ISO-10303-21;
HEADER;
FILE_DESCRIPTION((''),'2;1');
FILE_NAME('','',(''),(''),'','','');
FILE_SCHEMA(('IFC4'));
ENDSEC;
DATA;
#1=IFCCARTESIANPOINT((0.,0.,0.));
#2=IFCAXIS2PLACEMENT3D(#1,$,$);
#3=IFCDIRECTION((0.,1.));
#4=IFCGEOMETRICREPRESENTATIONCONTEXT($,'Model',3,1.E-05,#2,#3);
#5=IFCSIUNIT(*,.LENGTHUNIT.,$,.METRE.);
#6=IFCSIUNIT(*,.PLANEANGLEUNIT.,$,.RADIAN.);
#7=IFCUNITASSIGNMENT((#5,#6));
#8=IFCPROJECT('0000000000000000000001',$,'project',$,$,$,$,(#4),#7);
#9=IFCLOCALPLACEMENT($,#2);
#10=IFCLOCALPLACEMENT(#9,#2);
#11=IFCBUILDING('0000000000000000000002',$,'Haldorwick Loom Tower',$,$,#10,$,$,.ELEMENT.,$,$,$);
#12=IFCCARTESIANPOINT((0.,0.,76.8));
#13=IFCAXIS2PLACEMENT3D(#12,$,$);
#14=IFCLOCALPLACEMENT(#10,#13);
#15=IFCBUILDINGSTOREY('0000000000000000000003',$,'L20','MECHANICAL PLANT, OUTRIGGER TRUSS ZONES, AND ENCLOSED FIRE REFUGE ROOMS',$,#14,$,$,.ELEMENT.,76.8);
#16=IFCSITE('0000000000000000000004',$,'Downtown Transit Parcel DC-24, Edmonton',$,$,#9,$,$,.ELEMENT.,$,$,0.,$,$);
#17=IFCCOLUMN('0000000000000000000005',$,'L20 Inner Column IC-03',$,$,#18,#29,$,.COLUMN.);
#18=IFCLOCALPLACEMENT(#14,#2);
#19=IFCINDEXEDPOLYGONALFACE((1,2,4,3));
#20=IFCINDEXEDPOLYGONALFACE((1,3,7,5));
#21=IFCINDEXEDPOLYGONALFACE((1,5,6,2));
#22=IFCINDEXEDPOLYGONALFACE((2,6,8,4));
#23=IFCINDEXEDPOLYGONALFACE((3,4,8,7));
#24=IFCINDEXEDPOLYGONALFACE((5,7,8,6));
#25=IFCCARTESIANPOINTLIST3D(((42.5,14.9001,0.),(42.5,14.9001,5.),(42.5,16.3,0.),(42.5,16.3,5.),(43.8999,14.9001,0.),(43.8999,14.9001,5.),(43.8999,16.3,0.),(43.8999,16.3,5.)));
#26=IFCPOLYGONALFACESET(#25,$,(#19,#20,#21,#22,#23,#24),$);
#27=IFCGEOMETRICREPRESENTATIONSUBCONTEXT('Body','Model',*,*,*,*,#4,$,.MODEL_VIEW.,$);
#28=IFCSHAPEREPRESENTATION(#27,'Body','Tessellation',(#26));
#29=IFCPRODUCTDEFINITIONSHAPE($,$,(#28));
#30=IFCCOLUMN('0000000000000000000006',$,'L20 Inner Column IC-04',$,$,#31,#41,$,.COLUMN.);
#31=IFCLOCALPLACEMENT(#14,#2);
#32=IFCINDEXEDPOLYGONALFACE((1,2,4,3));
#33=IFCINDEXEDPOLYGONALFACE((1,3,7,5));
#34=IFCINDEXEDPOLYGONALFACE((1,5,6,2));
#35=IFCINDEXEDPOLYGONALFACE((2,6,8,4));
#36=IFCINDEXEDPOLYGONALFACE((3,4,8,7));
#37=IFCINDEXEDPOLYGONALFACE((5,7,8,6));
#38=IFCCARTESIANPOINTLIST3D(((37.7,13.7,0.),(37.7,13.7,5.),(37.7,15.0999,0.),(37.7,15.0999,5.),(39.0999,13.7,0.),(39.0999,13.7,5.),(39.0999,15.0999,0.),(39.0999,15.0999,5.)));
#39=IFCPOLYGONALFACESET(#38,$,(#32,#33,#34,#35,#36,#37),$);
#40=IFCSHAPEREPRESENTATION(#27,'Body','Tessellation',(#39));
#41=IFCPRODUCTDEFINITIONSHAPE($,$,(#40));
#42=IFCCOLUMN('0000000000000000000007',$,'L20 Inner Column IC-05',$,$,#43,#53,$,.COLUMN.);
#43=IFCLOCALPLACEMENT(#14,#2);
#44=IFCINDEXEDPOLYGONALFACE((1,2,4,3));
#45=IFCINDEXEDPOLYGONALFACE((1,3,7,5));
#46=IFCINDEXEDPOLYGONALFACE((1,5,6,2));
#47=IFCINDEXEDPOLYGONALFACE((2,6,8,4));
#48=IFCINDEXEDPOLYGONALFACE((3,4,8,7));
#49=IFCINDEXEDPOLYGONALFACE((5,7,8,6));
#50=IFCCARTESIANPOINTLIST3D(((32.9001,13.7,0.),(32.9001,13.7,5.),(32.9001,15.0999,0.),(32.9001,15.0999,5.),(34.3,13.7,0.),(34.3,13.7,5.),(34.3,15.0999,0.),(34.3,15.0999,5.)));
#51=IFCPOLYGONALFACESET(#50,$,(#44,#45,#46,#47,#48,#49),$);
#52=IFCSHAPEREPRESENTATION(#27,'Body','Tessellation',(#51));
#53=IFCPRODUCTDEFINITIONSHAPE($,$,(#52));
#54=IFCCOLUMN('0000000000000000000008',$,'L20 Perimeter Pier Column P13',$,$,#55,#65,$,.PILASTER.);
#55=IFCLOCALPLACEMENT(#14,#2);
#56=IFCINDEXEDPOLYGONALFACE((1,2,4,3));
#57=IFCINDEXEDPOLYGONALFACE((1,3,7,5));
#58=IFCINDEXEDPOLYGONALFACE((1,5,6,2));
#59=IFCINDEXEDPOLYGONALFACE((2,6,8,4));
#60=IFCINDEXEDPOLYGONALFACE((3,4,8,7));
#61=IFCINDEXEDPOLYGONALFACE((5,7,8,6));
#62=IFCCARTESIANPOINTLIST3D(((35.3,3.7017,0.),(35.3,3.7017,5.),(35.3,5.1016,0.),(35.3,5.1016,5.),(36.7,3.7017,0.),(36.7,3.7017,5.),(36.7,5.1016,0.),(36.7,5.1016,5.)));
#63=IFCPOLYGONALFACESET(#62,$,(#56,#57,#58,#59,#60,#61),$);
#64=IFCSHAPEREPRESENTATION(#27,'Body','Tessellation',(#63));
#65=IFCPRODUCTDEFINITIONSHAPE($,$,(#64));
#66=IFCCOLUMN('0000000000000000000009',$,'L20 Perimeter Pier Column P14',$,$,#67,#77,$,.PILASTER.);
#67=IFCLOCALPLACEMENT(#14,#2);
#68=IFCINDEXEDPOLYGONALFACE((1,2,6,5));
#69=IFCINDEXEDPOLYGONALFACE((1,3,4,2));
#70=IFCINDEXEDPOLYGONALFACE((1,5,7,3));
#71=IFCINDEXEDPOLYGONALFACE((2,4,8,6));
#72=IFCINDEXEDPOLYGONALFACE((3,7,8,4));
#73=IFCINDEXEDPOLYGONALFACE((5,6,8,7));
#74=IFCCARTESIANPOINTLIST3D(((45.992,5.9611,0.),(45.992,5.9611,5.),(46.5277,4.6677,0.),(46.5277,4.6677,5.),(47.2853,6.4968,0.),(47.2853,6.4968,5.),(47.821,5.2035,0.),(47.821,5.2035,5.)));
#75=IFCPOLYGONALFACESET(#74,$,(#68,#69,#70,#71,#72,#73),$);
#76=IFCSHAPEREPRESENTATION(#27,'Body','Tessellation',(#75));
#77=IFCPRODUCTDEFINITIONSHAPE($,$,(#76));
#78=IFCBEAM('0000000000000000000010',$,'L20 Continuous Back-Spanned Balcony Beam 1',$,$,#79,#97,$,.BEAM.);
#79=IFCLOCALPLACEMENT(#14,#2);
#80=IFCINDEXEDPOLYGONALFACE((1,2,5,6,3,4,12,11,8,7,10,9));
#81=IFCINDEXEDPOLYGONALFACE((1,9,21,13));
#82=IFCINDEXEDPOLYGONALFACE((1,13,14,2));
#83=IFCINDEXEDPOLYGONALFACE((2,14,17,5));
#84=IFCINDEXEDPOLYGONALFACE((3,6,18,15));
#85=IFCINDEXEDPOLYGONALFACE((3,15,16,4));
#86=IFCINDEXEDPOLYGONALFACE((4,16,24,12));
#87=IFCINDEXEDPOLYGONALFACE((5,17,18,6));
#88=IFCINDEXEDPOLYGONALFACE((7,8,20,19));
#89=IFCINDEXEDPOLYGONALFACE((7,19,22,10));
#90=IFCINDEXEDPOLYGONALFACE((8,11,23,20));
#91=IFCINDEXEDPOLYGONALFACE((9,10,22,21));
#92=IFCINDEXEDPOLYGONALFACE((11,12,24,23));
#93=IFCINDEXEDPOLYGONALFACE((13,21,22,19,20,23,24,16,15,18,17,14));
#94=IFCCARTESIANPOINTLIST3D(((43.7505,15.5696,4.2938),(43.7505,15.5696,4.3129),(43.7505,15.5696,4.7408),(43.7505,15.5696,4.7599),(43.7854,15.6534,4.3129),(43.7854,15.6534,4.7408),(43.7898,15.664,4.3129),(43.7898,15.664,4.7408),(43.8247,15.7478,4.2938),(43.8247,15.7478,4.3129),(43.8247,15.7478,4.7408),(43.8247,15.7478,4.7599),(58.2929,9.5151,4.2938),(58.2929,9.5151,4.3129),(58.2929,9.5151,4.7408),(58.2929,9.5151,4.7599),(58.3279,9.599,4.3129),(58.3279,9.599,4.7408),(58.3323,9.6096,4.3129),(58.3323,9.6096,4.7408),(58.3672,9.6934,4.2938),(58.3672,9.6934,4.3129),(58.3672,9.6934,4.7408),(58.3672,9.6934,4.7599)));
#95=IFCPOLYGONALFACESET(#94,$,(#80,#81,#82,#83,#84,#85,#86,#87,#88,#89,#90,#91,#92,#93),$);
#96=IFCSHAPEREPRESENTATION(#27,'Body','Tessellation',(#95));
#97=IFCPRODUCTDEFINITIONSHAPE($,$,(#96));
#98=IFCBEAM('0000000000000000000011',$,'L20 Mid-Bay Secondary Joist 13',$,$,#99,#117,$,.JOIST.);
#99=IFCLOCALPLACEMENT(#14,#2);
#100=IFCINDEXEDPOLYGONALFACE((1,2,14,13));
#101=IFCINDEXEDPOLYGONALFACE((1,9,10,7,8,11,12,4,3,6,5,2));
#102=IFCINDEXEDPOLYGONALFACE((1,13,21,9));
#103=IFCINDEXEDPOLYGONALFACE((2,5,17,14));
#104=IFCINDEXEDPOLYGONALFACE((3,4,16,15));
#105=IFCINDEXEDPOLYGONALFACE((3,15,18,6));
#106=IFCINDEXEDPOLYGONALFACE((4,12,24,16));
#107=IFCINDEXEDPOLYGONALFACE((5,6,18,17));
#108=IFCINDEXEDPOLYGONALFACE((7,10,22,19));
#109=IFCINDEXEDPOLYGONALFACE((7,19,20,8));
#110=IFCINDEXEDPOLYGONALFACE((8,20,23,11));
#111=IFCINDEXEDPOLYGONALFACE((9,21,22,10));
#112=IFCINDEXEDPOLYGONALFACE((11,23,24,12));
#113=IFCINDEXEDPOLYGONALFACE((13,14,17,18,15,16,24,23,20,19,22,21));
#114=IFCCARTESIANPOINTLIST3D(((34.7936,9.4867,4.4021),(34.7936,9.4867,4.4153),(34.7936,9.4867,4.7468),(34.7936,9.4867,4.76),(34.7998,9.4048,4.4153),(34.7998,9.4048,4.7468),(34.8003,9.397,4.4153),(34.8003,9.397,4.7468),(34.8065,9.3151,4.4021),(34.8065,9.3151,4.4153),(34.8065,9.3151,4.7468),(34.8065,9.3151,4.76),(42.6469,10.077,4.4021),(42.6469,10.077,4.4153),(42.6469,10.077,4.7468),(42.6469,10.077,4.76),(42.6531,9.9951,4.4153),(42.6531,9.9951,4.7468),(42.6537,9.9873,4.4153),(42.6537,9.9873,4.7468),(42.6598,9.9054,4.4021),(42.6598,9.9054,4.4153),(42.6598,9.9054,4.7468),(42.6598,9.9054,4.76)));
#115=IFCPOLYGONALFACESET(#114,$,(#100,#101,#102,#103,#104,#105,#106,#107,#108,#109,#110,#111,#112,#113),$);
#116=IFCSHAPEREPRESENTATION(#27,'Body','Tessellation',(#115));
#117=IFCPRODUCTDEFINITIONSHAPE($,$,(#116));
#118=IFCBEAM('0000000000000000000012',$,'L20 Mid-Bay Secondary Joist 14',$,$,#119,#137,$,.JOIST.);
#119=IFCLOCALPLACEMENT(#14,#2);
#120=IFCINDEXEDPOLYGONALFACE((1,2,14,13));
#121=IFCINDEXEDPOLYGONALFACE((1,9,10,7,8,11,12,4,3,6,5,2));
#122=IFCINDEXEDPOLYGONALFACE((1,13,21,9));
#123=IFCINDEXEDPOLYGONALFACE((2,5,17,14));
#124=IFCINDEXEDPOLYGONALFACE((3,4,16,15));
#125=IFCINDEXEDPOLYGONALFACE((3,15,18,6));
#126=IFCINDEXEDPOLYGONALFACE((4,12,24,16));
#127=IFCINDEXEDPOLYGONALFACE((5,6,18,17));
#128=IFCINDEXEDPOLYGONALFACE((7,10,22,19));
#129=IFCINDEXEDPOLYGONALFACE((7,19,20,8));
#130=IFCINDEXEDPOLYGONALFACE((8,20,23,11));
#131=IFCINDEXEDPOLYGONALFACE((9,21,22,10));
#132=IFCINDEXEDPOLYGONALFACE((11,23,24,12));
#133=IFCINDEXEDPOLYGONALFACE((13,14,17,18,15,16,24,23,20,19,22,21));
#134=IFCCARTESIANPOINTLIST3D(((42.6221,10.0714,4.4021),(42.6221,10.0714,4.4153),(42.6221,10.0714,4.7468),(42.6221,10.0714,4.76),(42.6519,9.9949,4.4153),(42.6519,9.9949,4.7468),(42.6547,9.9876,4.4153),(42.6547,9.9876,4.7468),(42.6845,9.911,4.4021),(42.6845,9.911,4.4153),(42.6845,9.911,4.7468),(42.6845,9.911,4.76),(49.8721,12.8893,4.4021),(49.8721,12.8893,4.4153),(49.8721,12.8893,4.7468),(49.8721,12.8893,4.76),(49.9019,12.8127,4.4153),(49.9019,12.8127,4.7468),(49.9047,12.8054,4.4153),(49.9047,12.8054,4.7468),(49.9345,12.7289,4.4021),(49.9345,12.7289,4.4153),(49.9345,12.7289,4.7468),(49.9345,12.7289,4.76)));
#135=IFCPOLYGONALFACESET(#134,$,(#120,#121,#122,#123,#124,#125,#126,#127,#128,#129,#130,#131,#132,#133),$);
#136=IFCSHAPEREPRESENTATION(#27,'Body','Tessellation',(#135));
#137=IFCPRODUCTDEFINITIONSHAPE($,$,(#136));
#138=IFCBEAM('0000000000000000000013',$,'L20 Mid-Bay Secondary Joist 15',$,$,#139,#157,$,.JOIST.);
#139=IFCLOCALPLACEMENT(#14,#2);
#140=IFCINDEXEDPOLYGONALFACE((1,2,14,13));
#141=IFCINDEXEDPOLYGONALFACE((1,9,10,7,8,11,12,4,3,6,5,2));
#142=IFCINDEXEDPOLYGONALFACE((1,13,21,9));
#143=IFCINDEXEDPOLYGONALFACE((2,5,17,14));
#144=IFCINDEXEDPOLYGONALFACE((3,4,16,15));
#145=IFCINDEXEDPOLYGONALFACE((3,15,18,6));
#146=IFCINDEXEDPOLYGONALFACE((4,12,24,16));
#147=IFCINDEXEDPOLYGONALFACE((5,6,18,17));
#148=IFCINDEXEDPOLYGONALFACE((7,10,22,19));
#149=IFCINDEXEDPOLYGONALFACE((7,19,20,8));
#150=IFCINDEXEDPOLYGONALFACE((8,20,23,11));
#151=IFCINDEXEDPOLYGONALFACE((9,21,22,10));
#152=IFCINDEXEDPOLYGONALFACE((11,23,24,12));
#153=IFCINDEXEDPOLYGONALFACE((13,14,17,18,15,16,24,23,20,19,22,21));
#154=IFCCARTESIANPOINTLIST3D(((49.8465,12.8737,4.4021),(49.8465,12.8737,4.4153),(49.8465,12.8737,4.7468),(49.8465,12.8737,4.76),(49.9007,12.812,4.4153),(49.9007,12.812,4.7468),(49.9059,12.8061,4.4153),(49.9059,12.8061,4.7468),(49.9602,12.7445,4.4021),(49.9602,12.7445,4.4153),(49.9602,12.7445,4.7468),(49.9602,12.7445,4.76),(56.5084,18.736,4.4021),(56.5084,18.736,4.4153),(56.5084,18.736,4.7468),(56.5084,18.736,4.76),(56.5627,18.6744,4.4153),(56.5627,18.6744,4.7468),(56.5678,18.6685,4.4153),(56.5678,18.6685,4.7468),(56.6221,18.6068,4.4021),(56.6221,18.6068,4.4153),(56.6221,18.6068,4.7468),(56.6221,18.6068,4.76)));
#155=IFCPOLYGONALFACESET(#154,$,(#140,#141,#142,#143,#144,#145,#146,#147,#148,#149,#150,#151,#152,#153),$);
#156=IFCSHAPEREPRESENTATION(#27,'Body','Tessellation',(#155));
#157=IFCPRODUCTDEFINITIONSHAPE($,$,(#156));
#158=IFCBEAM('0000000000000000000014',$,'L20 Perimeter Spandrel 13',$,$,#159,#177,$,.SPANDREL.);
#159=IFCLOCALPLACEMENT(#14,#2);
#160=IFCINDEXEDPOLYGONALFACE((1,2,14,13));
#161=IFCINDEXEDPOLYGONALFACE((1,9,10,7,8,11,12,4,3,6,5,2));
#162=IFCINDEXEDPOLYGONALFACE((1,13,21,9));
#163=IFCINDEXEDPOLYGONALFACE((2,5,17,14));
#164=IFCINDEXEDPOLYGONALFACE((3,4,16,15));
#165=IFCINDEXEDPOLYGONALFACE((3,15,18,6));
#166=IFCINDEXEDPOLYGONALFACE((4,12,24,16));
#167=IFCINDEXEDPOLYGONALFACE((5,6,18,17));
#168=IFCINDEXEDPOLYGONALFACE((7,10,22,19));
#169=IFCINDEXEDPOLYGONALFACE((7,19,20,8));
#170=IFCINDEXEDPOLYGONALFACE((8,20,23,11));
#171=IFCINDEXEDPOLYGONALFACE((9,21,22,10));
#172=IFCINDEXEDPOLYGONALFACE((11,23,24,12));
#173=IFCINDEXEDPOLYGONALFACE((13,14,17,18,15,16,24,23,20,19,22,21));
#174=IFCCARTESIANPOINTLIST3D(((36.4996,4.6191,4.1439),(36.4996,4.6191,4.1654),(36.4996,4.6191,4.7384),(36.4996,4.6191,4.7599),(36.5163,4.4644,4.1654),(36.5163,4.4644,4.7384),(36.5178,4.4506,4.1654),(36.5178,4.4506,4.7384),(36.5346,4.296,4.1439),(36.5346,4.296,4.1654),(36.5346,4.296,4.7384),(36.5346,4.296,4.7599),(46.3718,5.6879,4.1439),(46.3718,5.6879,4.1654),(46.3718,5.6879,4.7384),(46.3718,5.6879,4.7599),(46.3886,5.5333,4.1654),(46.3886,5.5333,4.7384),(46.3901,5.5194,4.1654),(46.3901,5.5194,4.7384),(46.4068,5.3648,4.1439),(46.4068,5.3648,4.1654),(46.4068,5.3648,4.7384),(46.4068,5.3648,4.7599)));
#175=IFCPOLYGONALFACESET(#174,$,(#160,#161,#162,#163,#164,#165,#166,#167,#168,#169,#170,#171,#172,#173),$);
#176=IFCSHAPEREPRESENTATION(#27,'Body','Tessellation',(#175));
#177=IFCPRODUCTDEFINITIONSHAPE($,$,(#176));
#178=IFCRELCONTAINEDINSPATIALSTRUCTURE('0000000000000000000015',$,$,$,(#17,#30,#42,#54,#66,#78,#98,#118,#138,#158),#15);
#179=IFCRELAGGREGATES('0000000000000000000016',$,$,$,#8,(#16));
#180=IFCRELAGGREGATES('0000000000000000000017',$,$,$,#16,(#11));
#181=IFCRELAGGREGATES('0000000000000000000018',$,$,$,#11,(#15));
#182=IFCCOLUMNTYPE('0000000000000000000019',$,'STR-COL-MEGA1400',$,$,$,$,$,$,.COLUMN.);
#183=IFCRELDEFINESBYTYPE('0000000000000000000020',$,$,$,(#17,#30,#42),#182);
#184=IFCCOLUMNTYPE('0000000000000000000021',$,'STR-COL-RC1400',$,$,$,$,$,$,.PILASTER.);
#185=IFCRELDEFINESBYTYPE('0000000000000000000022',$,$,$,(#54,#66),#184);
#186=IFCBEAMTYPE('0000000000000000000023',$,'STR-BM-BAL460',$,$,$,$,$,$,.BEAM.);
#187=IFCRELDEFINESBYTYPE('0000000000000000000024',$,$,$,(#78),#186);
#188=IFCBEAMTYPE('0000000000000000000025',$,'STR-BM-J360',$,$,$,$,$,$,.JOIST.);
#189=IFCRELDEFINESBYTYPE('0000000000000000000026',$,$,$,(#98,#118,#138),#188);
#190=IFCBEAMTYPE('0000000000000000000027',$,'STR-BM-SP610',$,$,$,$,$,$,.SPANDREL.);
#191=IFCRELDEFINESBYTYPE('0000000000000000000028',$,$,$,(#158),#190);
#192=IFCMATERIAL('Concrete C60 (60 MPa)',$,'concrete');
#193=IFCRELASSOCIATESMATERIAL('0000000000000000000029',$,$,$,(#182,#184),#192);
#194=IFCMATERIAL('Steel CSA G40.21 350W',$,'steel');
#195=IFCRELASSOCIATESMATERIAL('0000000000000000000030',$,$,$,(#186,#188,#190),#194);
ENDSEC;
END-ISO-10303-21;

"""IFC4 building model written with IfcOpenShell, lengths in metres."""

from ifc_helpers import new_model, si_unit, direction, frame, origin, origin_2d, place, context, subcontext, project, spatial, rectangle, i_section, extrude, material, material_profile, profile_set, type_object, element, save


model = new_model("IFC4")

# Units and contexts
model_context = context("Model", 3, precision=1e-05, world=origin(), true_north=direction((0.0, 1.0)))
body_context = subcontext(model_context, "Body", "Model", "MODEL_VIEW")
ifc_project = project(units=[si_unit("LENGTHUNIT", "METRE"), si_unit("PLANEANGLEUNIT", "RADIAN")], contexts=[model_context])

# Site, building, storey
site_placement = place(None, origin())
site = spatial("IfcSite", under=ifc_project, at=site_placement, Name="Downtown Transit Parcel DC-24, Edmonton", CompositionType="ELEMENT", RefElevation=0.0)
building_placement = place(site_placement, origin())
building = spatial("IfcBuilding", under=site, at=building_placement, Name="Haldorwick Loom Tower", CompositionType="ELEMENT")
storey_placement = place(building_placement, frame((0.0, 0.0, 76.8)))
storey = spatial("IfcBuildingStorey", under=building, at=storey_placement, Name="L20", Description="MECHANICAL PLANT, OUTRIGGER TRUSS ZONES, AND ENCLOSED FIRE REFUGE ROOMS", CompositionType="ELEMENT", Elevation=76.8)

# Columns
ifc_material_1 = material(Name="Concrete C60 (60 MPa)", Category="concrete")
ifc_material_profile_1 = material_profile(ifc_material_1, rectangle(XDim=1.3999, YDim=1.3999, at=origin_2d()), Name="RC1400X1400", Category="concrete")
ifc_profile_set_1 = profile_set([ifc_material_profile_1], Name="Concrete C60 (60 MPa)")
column_type_1 = type_object("IfcColumnType", Name="STR-COL-MEGA1400", PredefinedType="COLUMN", material=ifc_profile_set_1)
for number, where, z_axis, x_axis, name in (
    (1, (43.2, 15.6001, 0.0), (0.0, 0.0, 1.0), (1.0, 0.0, 0.0), "L20 Inner Column IC-03"),
    (2, (38.3999, 14.3999, 0.0), (0.0, 0.0, 1.0), (1.0, 0.0, 0.0), "L20 Inner Column IC-04"),
    (3, (33.6001, 14.3999, 0.0), (0.0, 0.0, 1.0), (1.0, 0.0, 0.0), "L20 Inner Column IC-05"),
):
    element("IfcColumn", number, at=place(storey_placement, frame(where, z_axis=z_axis, x_axis=x_axis)), inside=storey, type_object=column_type_1, Name=name, PredefinedType="COLUMN", context=body_context, shape_type="SweptSolid", body=[
        extrude(rectangle(XDim=1.3999, YDim=1.3999, at=origin_2d()), origin(), (0.0, 0.0, 1.0), 5.0),
    ])
ifc_material_profile_2 = material_profile(ifc_material_1, rectangle(XDim=1.3999, YDim=1.3999, at=origin_2d()), Name="RC1400X1400", Category="concrete")
ifc_profile_set_2 = profile_set([ifc_material_profile_2], Name="Concrete C60 (60 MPa)")
column_type_2 = type_object("IfcColumnType", Name="STR-COL-RC1400", PredefinedType="PILASTER", material=ifc_profile_set_2)
for number, where, z_axis, x_axis, name in (
    (4, (36.0, 4.4016, 0.0), (0.0, 0.0, 1.0), (0.0, -1.0, 0.0), "L20 Perimeter Pier Column P13"),
    (5, (46.9065, 5.5823, 0.0), (0.0, 0.0, 1.0), (0.382683, -0.92388, 0.0), "L20 Perimeter Pier Column P14"),
):
    element("IfcColumn", number, at=place(storey_placement, frame(where, z_axis=z_axis, x_axis=x_axis)), inside=storey, type_object=column_type_2, Name=name, PredefinedType="PILASTER", context=body_context, shape_type="SweptSolid", body=[
        extrude(rectangle(XDim=1.3999, YDim=1.3999, at=origin_2d()), origin(), (0.0, 0.0, 1.0), 5.0),
    ])

# Beams
ifc_material_2 = material(Name="Steel CSA G40.21 350W", Category="steel")
ifc_material_profile_3 = material_profile(ifc_material_2, i_section(OverallWidth=0.1931, OverallDepth=0.4661, WebThickness=0.0115, FlangeThickness=0.019, at=origin_2d()), Name="W460X97", Category="steel")
ifc_profile_set_3 = profile_set([ifc_material_profile_3], Name="Steel CSA G40.21 350W")
beam_type_1 = type_object("IfcBeamType", Name="STR-BM-BAL460", PredefinedType="BEAM", material=ifc_profile_set_3)
beam_1_placement = place(storey_placement, frame((43.7876, 15.6587, 4.5269), z_axis=(0.923188, -0.384349, 0.0), x_axis=(0.384349, 0.923188, 0.0)))
element("IfcBeam", 6, at=beam_1_placement, inside=storey, type_object=beam_type_1, Name="L20 Continuous Back-Spanned Balcony Beam 1", PredefinedType="BEAM", context=body_context, shape_type="SweptSolid", body=[
    extrude(i_section(OverallWidth=0.1931, OverallDepth=0.4661, WebThickness=0.0115, FlangeThickness=0.019, at=origin_2d()), origin(), (0.0, 0.0, 1.0), 15.7524),
])
ifc_material_profile_4 = material_profile(ifc_material_2, i_section(OverallWidth=0.1721, OverallDepth=0.3579, WebThickness=0.0078, FlangeThickness=0.0132, at=origin_2d()), Name="W360X57", Category="steel")
ifc_profile_set_4 = profile_set([ifc_material_profile_4], Name="Steel CSA G40.21 350W")
beam_type_2 = type_object("IfcBeamType", Name="STR-BM-J360", PredefinedType="JOIST", material=ifc_profile_set_4)
beam_2_placement = place(storey_placement, frame((34.8, 9.4009, 4.5811), z_axis=(0.997187, 0.074959, 0.0), x_axis=(-0.074959, 0.997187, 0.0)))
element("IfcBeam", 7, at=beam_2_placement, inside=storey, type_object=beam_type_2, Name="L20 Mid-Bay Secondary Joist 13", PredefinedType="JOIST", context=body_context, shape_type="SweptSolid", body=[
    extrude(i_section(OverallWidth=0.1721, OverallDepth=0.3579, WebThickness=0.0078, FlangeThickness=0.0132, at=origin_2d()), origin(), (0.0, 0.0, 1.0), 7.8755),
])
beam_3_placement = place(storey_placement, frame((42.6533, 9.9912, 4.5811), z_axis=(0.932073, 0.362271, 0.0), x_axis=(-0.362271, 0.932073, 0.0)))
element("IfcBeam", 8, at=beam_3_placement, inside=storey, type_object=beam_type_2, Name="L20 Mid-Bay Secondary Joist 14", PredefinedType="JOIST", context=body_context, shape_type="SweptSolid", body=[
    extrude(i_section(OverallWidth=0.1721, OverallDepth=0.3579, WebThickness=0.0078, FlangeThickness=0.0132, at=origin_2d()), origin(), (0.0, 0.0, 1.0), 7.7783),
])
beam_4_placement = place(storey_placement, frame((49.9033, 12.8091, 4.5811), z_axis=(0.750721, 0.660619, 0.0), x_axis=(-0.660619, 0.750721, 0.0)))
element("IfcBeam", 9, at=beam_4_placement, inside=storey, type_object=beam_type_2, Name="L20 Mid-Bay Secondary Joist 15", PredefinedType="JOIST", context=body_context, shape_type="SweptSolid", body=[
    extrude(i_section(OverallWidth=0.1721, OverallDepth=0.3579, WebThickness=0.0078, FlangeThickness=0.0132, at=origin_2d()), origin(), (0.0, 0.0, 1.0), 8.874),
])
ifc_material_profile_5 = material_profile(ifc_material_2, i_section(OverallWidth=0.325, OverallDepth=0.616, WebThickness=0.0139, FlangeThickness=0.0215, at=origin_2d()), Name="W610X174", Category="steel")
ifc_profile_set_5 = profile_set([ifc_material_profile_5], Name="Steel CSA G40.21 350W")
beam_type_3 = type_object("IfcBeamType", Name="STR-BM-SP610", PredefinedType="SPANDREL", material=ifc_profile_set_5)
beam_5_placement = place(storey_placement, frame((36.5171, 4.4575, 4.4519), z_axis=(0.99419, 0.107638, 0.0), x_axis=(-0.107638, 0.99419, 0.0)))
element("IfcBeam", 10, at=beam_5_placement, inside=storey, type_object=beam_type_3, Name="L20 Perimeter Spandrel 13", PredefinedType="SPANDREL", context=body_context, shape_type="SweptSolid", body=[
    extrude(i_section(OverallWidth=0.325, OverallDepth=0.616, WebThickness=0.0139, FlangeThickness=0.0215, at=origin_2d()), origin(), (0.0, 0.0, 1.0), 9.9299),
])

save(model, "model.ifc")
